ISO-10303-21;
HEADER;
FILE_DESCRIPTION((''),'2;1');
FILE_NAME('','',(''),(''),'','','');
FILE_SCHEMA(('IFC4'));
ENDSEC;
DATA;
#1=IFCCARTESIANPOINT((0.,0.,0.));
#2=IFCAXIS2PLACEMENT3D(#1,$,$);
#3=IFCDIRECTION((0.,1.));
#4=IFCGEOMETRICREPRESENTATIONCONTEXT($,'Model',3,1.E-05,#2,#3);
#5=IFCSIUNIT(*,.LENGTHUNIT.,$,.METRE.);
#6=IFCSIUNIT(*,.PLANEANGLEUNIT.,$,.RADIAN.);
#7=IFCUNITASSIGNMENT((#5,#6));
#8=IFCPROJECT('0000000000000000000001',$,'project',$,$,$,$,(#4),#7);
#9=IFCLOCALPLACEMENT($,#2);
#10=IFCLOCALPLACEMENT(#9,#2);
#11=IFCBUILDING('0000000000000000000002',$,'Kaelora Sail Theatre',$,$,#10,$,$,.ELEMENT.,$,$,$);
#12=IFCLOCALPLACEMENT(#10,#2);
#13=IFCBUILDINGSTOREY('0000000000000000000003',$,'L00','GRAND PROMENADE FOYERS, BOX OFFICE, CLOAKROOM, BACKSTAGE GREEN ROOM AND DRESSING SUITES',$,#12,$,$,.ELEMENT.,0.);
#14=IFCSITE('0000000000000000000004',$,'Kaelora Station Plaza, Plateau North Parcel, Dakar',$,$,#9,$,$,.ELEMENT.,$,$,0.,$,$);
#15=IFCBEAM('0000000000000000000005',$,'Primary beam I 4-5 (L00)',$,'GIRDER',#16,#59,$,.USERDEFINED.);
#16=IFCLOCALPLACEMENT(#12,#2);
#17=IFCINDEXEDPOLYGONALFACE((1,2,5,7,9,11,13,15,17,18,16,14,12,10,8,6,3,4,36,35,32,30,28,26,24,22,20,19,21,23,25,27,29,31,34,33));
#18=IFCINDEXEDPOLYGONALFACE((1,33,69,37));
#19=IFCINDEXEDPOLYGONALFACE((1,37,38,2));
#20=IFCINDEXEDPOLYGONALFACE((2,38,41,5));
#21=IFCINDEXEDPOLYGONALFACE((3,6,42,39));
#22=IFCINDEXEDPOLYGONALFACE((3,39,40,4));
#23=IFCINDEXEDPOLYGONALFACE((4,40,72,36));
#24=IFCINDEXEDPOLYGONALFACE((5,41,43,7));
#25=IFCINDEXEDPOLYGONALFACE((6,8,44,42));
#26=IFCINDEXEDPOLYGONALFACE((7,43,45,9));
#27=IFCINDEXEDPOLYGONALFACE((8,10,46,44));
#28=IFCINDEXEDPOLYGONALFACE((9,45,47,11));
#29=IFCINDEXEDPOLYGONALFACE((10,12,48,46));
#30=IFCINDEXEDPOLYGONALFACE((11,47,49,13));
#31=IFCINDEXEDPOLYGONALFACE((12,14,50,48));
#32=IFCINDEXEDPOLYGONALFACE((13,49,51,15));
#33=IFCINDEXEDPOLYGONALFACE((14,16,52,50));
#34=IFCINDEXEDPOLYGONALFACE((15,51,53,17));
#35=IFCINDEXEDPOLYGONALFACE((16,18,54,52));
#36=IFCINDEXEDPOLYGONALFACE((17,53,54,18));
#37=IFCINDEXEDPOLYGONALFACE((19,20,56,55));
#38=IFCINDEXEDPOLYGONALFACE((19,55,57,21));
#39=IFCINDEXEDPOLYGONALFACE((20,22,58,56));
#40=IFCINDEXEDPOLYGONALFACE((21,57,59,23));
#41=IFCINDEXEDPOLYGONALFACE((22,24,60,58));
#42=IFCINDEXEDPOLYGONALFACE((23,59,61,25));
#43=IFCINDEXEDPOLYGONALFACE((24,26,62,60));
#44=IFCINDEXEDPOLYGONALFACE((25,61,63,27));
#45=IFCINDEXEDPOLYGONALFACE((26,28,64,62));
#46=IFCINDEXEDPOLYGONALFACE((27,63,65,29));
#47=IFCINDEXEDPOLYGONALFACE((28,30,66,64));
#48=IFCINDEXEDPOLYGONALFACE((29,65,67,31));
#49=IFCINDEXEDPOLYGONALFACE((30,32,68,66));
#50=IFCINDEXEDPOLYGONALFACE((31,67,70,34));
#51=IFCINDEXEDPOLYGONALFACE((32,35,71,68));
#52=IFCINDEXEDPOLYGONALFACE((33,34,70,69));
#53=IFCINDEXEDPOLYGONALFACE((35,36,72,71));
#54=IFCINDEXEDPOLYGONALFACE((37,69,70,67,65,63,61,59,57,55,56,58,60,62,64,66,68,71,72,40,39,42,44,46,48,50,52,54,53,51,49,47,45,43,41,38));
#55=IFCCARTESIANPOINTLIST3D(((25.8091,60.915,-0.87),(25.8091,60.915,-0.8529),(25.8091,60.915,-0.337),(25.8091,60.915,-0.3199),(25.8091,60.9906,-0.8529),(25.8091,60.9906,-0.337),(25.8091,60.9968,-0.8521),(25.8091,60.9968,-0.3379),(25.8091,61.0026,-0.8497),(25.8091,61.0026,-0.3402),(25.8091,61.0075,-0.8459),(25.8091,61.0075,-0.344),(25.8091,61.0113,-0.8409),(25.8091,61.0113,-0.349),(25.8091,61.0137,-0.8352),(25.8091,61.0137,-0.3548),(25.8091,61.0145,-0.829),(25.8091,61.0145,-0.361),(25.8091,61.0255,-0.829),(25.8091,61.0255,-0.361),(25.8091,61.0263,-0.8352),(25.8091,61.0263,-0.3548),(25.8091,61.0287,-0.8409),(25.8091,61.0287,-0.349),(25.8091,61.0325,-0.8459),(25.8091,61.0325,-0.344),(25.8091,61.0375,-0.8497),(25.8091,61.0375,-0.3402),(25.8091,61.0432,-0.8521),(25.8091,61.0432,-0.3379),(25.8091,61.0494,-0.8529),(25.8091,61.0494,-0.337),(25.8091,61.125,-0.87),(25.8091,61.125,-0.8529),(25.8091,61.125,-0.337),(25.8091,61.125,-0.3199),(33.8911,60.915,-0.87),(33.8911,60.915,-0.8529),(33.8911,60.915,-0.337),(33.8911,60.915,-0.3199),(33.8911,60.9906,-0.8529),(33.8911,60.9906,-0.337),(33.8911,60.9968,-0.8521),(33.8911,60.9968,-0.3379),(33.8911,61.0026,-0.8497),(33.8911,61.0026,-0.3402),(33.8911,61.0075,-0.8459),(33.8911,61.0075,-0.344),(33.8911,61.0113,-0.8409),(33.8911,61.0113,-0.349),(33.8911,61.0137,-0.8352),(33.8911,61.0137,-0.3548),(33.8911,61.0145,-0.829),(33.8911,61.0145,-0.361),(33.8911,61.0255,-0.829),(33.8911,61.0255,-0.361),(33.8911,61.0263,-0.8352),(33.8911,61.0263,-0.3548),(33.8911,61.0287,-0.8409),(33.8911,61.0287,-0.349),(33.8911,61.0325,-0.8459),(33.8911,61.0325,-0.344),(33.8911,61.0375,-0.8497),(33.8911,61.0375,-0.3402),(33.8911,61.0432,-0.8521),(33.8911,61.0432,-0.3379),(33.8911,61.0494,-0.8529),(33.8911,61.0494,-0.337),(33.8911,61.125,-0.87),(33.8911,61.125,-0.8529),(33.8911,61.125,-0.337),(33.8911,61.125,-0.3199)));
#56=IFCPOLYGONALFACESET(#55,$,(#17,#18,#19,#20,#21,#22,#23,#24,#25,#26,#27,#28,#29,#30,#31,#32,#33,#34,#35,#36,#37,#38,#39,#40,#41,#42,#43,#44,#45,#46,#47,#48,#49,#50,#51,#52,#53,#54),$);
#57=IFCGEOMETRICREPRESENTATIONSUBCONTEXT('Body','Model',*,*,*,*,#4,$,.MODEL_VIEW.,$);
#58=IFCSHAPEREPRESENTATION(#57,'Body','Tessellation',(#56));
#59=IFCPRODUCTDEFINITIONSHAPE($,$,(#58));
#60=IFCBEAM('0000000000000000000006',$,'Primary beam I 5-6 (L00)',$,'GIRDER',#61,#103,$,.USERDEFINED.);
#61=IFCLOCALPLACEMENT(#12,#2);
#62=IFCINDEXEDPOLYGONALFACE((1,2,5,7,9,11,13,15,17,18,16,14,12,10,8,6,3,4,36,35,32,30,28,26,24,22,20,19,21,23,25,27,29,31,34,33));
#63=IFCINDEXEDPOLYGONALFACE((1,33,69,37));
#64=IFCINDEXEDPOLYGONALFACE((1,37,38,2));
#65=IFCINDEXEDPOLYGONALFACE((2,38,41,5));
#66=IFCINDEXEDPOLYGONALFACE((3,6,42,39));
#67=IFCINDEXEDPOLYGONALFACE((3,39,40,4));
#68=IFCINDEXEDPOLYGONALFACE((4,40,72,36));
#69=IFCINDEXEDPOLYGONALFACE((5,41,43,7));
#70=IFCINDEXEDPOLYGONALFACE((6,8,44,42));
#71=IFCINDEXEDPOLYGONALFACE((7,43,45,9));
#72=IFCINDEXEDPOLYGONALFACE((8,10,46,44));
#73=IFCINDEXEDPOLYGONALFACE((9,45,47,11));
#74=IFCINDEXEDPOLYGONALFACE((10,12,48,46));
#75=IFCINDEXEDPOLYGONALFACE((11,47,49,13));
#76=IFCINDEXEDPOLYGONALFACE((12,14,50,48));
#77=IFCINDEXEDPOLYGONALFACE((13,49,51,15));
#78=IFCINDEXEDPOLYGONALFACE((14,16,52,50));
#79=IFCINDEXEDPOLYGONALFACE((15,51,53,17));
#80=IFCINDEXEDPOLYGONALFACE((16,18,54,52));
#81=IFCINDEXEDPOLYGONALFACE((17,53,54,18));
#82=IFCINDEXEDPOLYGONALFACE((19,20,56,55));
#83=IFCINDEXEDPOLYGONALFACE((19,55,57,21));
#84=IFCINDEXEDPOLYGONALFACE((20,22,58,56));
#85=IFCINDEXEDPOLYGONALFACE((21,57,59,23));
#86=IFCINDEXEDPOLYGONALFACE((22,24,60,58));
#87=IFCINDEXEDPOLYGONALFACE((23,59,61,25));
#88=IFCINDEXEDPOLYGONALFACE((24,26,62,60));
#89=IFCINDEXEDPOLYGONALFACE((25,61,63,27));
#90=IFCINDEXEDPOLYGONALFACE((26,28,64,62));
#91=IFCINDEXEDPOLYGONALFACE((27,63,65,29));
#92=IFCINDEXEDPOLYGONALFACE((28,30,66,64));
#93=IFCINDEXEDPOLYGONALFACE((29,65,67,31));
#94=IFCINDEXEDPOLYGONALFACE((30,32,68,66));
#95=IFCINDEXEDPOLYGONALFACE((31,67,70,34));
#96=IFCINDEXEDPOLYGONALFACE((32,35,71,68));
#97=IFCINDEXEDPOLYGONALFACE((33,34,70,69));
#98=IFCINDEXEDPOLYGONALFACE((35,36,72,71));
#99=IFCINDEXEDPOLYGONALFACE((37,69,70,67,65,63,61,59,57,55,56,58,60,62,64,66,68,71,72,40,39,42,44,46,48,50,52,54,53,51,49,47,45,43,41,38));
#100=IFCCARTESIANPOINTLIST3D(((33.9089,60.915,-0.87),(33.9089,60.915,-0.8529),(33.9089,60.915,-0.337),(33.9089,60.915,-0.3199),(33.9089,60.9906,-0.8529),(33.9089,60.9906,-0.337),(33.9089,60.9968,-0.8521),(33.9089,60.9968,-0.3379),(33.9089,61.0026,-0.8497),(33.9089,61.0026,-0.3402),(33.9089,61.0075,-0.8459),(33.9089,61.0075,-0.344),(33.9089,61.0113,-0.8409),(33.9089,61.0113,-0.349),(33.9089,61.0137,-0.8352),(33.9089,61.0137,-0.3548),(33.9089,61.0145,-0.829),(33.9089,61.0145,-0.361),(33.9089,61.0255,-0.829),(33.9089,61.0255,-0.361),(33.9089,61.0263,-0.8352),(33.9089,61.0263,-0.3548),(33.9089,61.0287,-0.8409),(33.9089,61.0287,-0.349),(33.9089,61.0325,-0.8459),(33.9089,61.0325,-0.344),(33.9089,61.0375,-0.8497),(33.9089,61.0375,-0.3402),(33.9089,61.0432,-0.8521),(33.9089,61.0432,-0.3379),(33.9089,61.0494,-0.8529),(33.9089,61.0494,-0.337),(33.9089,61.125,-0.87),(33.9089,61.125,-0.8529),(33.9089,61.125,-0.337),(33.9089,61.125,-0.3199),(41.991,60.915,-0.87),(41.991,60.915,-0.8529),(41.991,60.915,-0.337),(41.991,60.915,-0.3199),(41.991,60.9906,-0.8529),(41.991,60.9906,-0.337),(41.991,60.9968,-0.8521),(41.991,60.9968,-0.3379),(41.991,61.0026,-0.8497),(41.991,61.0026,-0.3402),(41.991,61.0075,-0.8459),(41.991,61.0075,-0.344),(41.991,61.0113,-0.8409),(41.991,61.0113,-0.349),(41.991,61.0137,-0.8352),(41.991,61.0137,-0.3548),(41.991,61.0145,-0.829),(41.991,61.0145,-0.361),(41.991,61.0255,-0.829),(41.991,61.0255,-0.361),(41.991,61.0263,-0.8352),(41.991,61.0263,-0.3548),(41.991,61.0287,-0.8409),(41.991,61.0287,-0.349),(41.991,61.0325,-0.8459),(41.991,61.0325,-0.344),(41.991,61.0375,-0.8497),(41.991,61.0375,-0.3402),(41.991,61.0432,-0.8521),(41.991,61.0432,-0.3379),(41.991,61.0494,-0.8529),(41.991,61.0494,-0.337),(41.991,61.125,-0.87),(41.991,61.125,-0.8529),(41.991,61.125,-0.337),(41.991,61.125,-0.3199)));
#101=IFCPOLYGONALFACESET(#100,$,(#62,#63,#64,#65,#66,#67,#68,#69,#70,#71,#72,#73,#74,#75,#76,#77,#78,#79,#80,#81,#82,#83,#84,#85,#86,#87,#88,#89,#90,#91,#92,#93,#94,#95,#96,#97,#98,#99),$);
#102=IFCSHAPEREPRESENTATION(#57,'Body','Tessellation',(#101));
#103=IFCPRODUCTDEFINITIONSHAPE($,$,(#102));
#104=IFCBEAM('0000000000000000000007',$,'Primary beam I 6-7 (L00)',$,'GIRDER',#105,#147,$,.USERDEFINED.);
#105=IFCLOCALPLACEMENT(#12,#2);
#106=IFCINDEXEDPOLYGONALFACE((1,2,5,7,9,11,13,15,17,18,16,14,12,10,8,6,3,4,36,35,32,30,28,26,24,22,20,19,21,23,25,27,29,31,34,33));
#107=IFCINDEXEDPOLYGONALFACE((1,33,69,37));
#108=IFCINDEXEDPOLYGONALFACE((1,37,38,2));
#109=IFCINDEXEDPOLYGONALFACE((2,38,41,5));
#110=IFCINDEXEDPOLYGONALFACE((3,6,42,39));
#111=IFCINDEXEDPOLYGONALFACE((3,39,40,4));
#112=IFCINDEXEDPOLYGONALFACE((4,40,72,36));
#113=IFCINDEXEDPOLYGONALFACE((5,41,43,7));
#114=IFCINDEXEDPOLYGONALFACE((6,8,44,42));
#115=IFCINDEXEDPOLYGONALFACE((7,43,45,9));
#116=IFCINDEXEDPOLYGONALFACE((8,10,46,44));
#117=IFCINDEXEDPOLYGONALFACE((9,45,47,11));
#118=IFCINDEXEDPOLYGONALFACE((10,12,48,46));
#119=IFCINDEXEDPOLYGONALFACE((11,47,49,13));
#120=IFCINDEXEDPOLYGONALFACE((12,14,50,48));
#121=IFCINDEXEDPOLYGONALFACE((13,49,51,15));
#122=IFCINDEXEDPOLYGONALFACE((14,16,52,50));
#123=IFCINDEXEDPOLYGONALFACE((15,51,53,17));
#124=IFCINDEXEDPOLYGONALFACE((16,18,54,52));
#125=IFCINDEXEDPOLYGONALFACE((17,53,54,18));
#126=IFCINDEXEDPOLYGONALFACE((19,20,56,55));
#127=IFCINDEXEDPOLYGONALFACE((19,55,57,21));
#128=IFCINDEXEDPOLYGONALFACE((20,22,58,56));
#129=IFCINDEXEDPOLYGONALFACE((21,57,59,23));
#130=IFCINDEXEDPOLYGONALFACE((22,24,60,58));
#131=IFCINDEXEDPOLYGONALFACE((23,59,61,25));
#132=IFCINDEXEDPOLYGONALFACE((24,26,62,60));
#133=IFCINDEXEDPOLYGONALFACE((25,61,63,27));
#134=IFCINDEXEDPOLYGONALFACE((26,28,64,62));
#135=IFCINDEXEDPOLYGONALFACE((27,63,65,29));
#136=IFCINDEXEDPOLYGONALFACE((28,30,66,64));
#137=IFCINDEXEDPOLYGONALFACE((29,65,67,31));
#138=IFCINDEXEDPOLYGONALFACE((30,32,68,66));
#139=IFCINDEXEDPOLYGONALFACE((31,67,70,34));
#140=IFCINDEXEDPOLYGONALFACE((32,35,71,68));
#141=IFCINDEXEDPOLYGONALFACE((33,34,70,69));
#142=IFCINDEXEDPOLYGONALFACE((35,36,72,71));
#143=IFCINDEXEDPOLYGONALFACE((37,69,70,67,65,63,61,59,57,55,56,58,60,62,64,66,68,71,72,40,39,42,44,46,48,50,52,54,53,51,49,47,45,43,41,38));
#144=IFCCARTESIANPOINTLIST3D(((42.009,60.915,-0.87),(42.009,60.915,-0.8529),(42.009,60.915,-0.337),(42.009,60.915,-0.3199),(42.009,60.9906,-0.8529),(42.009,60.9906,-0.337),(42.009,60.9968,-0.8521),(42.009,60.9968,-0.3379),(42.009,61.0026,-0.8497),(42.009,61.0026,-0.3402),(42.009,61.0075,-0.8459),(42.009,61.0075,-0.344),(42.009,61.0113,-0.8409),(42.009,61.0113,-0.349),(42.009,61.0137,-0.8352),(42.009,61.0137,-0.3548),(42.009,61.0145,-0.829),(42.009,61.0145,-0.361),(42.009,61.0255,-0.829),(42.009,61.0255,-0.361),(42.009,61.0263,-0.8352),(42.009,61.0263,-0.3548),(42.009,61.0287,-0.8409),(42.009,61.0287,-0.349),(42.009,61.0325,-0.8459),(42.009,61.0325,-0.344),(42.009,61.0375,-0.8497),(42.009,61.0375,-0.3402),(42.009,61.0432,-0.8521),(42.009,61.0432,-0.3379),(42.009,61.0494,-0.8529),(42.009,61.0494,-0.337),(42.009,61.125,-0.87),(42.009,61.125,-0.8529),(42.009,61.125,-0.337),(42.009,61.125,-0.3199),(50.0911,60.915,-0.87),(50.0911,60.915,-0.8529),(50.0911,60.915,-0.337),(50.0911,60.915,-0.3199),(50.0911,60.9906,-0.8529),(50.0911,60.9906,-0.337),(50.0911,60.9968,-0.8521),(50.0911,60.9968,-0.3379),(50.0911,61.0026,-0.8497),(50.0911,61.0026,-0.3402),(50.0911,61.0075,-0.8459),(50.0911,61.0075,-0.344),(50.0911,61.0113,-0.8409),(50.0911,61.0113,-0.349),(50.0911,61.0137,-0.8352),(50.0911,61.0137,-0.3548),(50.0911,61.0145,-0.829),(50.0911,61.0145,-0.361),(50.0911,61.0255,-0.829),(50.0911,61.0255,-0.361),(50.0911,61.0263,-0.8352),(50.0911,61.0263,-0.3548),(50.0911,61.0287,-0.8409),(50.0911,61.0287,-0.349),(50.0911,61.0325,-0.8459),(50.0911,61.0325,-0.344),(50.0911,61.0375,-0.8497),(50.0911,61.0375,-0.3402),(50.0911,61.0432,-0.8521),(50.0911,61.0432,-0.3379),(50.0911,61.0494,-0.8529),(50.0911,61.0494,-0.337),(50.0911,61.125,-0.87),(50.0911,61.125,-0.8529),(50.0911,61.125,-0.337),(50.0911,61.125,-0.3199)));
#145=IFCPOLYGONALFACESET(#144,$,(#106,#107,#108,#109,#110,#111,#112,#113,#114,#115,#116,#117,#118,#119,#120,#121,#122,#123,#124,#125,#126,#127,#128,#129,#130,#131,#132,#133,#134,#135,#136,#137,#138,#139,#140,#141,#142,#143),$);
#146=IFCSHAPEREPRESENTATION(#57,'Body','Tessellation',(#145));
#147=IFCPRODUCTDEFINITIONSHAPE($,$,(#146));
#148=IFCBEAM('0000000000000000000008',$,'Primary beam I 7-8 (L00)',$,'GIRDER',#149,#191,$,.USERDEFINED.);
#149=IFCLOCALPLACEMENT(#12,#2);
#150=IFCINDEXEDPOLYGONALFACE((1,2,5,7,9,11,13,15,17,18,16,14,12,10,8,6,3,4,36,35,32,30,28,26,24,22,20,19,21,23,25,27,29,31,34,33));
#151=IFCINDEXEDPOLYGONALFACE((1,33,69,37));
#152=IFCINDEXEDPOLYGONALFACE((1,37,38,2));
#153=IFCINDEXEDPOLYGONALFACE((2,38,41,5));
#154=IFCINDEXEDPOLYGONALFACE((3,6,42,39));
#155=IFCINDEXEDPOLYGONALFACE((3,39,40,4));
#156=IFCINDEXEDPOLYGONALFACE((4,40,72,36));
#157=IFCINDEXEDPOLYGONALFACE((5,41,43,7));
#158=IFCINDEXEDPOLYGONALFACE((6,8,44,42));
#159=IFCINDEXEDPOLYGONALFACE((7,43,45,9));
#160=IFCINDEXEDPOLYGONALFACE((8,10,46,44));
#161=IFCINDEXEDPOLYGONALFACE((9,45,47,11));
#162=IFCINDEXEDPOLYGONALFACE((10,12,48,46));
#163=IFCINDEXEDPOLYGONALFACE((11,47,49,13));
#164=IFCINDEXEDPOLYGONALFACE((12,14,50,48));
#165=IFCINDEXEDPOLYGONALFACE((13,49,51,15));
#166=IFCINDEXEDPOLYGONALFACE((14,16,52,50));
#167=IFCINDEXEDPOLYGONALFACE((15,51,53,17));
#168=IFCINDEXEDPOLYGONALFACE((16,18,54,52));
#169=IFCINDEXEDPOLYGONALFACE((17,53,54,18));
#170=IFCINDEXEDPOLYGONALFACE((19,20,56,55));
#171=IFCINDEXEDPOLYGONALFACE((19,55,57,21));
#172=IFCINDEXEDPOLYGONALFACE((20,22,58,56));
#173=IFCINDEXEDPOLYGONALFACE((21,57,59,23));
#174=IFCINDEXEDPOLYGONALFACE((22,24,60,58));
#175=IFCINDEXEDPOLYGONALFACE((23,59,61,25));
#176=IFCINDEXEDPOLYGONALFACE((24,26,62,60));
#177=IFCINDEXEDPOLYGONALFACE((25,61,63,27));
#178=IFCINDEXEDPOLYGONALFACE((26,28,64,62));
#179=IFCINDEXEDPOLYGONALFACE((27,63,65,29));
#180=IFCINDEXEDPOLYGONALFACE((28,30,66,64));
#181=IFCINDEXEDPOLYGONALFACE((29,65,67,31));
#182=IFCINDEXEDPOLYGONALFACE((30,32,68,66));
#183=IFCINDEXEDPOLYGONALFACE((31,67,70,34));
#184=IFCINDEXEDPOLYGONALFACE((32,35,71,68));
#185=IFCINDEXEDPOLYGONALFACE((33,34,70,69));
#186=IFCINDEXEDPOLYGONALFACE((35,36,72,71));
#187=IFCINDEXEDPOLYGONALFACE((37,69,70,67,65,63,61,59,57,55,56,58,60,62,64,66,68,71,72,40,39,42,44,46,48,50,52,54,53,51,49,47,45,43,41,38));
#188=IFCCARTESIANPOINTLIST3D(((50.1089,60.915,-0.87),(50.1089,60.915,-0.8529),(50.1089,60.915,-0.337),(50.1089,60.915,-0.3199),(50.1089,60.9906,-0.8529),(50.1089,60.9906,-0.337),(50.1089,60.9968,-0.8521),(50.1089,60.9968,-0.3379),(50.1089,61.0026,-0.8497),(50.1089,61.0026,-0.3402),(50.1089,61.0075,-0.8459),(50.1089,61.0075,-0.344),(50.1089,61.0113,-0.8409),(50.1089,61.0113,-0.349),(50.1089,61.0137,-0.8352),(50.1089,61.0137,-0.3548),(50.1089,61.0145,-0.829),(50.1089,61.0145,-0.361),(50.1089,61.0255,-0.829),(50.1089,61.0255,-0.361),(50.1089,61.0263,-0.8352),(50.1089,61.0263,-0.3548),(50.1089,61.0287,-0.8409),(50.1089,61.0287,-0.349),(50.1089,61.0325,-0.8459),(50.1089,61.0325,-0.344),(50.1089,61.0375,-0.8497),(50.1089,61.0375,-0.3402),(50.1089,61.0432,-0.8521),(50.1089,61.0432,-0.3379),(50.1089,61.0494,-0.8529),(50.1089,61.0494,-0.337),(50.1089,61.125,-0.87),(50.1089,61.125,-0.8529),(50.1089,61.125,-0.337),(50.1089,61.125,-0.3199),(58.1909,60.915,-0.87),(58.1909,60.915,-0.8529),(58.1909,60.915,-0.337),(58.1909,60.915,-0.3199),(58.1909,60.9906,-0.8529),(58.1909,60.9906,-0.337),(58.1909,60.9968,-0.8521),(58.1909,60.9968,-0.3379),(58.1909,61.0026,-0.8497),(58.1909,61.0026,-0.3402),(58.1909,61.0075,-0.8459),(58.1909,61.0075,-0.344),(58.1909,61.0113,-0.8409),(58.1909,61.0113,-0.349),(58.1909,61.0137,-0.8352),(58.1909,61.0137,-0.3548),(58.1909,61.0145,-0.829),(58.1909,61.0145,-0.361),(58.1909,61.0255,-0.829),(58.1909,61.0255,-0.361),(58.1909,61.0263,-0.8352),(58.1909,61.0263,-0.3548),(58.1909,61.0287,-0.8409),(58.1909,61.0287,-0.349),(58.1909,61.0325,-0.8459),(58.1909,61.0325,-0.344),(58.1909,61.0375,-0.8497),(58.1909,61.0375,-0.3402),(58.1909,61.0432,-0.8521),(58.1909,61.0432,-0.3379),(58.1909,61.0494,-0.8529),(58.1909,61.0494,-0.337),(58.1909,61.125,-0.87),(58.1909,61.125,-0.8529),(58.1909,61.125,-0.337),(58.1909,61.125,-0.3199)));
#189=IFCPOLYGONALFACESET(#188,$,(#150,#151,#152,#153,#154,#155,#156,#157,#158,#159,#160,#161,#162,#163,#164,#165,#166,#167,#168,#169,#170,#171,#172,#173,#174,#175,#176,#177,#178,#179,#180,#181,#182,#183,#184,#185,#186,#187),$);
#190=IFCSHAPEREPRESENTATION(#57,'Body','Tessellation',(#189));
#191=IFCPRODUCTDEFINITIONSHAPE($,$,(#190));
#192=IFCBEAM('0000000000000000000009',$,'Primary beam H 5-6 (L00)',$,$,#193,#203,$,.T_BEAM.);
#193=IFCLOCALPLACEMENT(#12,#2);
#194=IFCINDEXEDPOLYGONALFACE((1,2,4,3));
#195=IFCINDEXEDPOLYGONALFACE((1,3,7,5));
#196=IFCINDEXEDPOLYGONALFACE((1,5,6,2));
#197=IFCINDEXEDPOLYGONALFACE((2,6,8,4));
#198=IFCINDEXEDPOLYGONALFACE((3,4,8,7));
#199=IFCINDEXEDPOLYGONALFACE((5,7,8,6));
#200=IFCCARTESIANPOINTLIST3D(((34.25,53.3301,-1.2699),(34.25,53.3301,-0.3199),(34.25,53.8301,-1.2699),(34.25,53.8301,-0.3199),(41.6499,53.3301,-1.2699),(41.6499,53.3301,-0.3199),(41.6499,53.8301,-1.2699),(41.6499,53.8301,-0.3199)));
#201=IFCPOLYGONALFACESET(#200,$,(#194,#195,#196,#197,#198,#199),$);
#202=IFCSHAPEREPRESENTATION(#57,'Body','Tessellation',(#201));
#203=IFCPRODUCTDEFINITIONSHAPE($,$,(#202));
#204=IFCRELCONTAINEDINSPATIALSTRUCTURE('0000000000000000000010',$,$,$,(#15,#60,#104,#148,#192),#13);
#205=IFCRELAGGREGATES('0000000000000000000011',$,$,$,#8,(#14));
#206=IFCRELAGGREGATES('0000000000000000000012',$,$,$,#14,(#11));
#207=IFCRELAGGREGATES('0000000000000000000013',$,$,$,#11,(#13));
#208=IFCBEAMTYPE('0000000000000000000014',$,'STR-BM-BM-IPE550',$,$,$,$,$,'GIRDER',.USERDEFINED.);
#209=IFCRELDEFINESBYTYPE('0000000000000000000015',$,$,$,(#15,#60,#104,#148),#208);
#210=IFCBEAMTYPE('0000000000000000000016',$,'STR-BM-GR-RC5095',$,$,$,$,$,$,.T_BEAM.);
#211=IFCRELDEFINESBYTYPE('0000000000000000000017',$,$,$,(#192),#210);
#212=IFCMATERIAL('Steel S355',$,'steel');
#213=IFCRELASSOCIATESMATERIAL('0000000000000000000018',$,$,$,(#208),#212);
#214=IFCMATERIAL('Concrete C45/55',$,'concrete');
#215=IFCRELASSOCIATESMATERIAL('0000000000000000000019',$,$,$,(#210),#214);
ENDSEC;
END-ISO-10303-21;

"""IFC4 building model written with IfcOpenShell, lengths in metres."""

from ifc_helpers import new_model, si_unit, direction, frame, origin, origin_2d, place, context, subcontext, project, spatial, rectangle, i_section, extrude, material, material_profile, profile_set, type_object, element, save


model = new_model("IFC4")

# Units and contexts
model_context = context("Model", 3, precision=1e-05, world=origin(), true_north=direction((0.0, 1.0)))
body_context = subcontext(model_context, "Body", "Model", "MODEL_VIEW")
ifc_project = project(units=[si_unit("LENGTHUNIT", "METRE"), si_unit("PLANEANGLEUNIT", "RADIAN")], contexts=[model_context])

# Site, building, storey
site_placement = place(None, origin())
site = spatial("IfcSite", under=ifc_project, at=site_placement, Name="Kaelora Station Plaza, Plateau North Parcel, Dakar", CompositionType="ELEMENT", RefElevation=0.0)
building_placement = place(site_placement, origin())
building = spatial("IfcBuilding", under=site, at=building_placement, Name="Kaelora Sail Theatre", CompositionType="ELEMENT")
storey_placement = place(building_placement, origin())
storey = spatial("IfcBuildingStorey", under=building, at=storey_placement, Name="L00", Description="GRAND PROMENADE FOYERS, BOX OFFICE, CLOAKROOM, BACKSTAGE GREEN ROOM AND DRESSING SUITES", CompositionType="ELEMENT", Elevation=0.0)

# Beams
ifc_material_1 = material(Name="Steel S355", Category="steel")
ifc_material_profile_1 = material_profile(ifc_material_1, i_section(OverallWidth=0.21, OverallDepth=0.55, WebThickness=0.011, FlangeThickness=0.0171, FilletRadius=0.0239, at=origin_2d()), Name="IPE 550")
ifc_profile_set_1 = profile_set([ifc_material_profile_1], Name="Steel S355")
beam_type_1 = type_object("IfcBeamType", Name="STR-BM-BM-IPE550", ElementType="GIRDER", PredefinedType="USERDEFINED", material=ifc_profile_set_1)
for number, where, z_axis, x_axis, name in (
    (1, (25.8091, 61.02, -0.595), (1.0, 0.0, 0.0), (0.0, 1.0, 0.0), "Primary beam I 4-5 (L00)"),
    (2, (33.9089, 61.02, -0.595), (1.0, 0.0, 0.0), (0.0, 1.0, 0.0), "Primary beam I 5-6 (L00)"),
    (3, (42.009, 61.02, -0.595), (1.0, 0.0, 0.0), (0.0, 1.0, 0.0), "Primary beam I 6-7 (L00)"),
    (4, (50.1089, 61.02, -0.595), (1.0, 0.0, 0.0), (0.0, 1.0, 0.0), "Primary beam I 7-8 (L00)"),
):
    element("IfcBeam", number, at=place(storey_placement, frame(where, z_axis=z_axis, x_axis=x_axis)), inside=storey, type_object=beam_type_1, Name=name, ObjectType="GIRDER", PredefinedType="USERDEFINED", context=body_context, shape_type="SweptSolid", body=[
        extrude(i_section(OverallWidth=0.21, OverallDepth=0.55, WebThickness=0.011, FlangeThickness=0.0171, FilletRadius=0.0239, at=origin_2d()), origin(), (0.0, 0.0, 1.0), 8.082),
    ])
ifc_material_2 = material(Name="Concrete C45/55", Category="concrete")
ifc_material_profile_2 = material_profile(ifc_material_2, rectangle(XDim=0.5, YDim=0.95, at=origin_2d()), Name="RC-GRD 500x950")
ifc_profile_set_2 = profile_set([ifc_material_profile_2], Name="Concrete C45/55")
beam_type_2 = type_object("IfcBeamType", Name="STR-BM-GR-RC5095", PredefinedType="T_BEAM", material=ifc_profile_set_2)
beam_1_placement = place(storey_placement, frame((34.25, 53.5801, -0.7949), z_axis=(1.0, 0.0, 0.0), x_axis=(0.0, 1.0, 0.0)))
element("IfcBeam", 5, at=beam_1_placement, inside=storey, type_object=beam_type_2, Name="Primary beam H 5-6 (L00)", PredefinedType="T_BEAM", context=body_context, shape_type="SweptSolid", body=[
    extrude(rectangle(XDim=0.5, YDim=0.95, at=origin_2d()), origin(), (0.0, 0.0, 1.0), 7.3999),
])

save(model, "model.ifc")
